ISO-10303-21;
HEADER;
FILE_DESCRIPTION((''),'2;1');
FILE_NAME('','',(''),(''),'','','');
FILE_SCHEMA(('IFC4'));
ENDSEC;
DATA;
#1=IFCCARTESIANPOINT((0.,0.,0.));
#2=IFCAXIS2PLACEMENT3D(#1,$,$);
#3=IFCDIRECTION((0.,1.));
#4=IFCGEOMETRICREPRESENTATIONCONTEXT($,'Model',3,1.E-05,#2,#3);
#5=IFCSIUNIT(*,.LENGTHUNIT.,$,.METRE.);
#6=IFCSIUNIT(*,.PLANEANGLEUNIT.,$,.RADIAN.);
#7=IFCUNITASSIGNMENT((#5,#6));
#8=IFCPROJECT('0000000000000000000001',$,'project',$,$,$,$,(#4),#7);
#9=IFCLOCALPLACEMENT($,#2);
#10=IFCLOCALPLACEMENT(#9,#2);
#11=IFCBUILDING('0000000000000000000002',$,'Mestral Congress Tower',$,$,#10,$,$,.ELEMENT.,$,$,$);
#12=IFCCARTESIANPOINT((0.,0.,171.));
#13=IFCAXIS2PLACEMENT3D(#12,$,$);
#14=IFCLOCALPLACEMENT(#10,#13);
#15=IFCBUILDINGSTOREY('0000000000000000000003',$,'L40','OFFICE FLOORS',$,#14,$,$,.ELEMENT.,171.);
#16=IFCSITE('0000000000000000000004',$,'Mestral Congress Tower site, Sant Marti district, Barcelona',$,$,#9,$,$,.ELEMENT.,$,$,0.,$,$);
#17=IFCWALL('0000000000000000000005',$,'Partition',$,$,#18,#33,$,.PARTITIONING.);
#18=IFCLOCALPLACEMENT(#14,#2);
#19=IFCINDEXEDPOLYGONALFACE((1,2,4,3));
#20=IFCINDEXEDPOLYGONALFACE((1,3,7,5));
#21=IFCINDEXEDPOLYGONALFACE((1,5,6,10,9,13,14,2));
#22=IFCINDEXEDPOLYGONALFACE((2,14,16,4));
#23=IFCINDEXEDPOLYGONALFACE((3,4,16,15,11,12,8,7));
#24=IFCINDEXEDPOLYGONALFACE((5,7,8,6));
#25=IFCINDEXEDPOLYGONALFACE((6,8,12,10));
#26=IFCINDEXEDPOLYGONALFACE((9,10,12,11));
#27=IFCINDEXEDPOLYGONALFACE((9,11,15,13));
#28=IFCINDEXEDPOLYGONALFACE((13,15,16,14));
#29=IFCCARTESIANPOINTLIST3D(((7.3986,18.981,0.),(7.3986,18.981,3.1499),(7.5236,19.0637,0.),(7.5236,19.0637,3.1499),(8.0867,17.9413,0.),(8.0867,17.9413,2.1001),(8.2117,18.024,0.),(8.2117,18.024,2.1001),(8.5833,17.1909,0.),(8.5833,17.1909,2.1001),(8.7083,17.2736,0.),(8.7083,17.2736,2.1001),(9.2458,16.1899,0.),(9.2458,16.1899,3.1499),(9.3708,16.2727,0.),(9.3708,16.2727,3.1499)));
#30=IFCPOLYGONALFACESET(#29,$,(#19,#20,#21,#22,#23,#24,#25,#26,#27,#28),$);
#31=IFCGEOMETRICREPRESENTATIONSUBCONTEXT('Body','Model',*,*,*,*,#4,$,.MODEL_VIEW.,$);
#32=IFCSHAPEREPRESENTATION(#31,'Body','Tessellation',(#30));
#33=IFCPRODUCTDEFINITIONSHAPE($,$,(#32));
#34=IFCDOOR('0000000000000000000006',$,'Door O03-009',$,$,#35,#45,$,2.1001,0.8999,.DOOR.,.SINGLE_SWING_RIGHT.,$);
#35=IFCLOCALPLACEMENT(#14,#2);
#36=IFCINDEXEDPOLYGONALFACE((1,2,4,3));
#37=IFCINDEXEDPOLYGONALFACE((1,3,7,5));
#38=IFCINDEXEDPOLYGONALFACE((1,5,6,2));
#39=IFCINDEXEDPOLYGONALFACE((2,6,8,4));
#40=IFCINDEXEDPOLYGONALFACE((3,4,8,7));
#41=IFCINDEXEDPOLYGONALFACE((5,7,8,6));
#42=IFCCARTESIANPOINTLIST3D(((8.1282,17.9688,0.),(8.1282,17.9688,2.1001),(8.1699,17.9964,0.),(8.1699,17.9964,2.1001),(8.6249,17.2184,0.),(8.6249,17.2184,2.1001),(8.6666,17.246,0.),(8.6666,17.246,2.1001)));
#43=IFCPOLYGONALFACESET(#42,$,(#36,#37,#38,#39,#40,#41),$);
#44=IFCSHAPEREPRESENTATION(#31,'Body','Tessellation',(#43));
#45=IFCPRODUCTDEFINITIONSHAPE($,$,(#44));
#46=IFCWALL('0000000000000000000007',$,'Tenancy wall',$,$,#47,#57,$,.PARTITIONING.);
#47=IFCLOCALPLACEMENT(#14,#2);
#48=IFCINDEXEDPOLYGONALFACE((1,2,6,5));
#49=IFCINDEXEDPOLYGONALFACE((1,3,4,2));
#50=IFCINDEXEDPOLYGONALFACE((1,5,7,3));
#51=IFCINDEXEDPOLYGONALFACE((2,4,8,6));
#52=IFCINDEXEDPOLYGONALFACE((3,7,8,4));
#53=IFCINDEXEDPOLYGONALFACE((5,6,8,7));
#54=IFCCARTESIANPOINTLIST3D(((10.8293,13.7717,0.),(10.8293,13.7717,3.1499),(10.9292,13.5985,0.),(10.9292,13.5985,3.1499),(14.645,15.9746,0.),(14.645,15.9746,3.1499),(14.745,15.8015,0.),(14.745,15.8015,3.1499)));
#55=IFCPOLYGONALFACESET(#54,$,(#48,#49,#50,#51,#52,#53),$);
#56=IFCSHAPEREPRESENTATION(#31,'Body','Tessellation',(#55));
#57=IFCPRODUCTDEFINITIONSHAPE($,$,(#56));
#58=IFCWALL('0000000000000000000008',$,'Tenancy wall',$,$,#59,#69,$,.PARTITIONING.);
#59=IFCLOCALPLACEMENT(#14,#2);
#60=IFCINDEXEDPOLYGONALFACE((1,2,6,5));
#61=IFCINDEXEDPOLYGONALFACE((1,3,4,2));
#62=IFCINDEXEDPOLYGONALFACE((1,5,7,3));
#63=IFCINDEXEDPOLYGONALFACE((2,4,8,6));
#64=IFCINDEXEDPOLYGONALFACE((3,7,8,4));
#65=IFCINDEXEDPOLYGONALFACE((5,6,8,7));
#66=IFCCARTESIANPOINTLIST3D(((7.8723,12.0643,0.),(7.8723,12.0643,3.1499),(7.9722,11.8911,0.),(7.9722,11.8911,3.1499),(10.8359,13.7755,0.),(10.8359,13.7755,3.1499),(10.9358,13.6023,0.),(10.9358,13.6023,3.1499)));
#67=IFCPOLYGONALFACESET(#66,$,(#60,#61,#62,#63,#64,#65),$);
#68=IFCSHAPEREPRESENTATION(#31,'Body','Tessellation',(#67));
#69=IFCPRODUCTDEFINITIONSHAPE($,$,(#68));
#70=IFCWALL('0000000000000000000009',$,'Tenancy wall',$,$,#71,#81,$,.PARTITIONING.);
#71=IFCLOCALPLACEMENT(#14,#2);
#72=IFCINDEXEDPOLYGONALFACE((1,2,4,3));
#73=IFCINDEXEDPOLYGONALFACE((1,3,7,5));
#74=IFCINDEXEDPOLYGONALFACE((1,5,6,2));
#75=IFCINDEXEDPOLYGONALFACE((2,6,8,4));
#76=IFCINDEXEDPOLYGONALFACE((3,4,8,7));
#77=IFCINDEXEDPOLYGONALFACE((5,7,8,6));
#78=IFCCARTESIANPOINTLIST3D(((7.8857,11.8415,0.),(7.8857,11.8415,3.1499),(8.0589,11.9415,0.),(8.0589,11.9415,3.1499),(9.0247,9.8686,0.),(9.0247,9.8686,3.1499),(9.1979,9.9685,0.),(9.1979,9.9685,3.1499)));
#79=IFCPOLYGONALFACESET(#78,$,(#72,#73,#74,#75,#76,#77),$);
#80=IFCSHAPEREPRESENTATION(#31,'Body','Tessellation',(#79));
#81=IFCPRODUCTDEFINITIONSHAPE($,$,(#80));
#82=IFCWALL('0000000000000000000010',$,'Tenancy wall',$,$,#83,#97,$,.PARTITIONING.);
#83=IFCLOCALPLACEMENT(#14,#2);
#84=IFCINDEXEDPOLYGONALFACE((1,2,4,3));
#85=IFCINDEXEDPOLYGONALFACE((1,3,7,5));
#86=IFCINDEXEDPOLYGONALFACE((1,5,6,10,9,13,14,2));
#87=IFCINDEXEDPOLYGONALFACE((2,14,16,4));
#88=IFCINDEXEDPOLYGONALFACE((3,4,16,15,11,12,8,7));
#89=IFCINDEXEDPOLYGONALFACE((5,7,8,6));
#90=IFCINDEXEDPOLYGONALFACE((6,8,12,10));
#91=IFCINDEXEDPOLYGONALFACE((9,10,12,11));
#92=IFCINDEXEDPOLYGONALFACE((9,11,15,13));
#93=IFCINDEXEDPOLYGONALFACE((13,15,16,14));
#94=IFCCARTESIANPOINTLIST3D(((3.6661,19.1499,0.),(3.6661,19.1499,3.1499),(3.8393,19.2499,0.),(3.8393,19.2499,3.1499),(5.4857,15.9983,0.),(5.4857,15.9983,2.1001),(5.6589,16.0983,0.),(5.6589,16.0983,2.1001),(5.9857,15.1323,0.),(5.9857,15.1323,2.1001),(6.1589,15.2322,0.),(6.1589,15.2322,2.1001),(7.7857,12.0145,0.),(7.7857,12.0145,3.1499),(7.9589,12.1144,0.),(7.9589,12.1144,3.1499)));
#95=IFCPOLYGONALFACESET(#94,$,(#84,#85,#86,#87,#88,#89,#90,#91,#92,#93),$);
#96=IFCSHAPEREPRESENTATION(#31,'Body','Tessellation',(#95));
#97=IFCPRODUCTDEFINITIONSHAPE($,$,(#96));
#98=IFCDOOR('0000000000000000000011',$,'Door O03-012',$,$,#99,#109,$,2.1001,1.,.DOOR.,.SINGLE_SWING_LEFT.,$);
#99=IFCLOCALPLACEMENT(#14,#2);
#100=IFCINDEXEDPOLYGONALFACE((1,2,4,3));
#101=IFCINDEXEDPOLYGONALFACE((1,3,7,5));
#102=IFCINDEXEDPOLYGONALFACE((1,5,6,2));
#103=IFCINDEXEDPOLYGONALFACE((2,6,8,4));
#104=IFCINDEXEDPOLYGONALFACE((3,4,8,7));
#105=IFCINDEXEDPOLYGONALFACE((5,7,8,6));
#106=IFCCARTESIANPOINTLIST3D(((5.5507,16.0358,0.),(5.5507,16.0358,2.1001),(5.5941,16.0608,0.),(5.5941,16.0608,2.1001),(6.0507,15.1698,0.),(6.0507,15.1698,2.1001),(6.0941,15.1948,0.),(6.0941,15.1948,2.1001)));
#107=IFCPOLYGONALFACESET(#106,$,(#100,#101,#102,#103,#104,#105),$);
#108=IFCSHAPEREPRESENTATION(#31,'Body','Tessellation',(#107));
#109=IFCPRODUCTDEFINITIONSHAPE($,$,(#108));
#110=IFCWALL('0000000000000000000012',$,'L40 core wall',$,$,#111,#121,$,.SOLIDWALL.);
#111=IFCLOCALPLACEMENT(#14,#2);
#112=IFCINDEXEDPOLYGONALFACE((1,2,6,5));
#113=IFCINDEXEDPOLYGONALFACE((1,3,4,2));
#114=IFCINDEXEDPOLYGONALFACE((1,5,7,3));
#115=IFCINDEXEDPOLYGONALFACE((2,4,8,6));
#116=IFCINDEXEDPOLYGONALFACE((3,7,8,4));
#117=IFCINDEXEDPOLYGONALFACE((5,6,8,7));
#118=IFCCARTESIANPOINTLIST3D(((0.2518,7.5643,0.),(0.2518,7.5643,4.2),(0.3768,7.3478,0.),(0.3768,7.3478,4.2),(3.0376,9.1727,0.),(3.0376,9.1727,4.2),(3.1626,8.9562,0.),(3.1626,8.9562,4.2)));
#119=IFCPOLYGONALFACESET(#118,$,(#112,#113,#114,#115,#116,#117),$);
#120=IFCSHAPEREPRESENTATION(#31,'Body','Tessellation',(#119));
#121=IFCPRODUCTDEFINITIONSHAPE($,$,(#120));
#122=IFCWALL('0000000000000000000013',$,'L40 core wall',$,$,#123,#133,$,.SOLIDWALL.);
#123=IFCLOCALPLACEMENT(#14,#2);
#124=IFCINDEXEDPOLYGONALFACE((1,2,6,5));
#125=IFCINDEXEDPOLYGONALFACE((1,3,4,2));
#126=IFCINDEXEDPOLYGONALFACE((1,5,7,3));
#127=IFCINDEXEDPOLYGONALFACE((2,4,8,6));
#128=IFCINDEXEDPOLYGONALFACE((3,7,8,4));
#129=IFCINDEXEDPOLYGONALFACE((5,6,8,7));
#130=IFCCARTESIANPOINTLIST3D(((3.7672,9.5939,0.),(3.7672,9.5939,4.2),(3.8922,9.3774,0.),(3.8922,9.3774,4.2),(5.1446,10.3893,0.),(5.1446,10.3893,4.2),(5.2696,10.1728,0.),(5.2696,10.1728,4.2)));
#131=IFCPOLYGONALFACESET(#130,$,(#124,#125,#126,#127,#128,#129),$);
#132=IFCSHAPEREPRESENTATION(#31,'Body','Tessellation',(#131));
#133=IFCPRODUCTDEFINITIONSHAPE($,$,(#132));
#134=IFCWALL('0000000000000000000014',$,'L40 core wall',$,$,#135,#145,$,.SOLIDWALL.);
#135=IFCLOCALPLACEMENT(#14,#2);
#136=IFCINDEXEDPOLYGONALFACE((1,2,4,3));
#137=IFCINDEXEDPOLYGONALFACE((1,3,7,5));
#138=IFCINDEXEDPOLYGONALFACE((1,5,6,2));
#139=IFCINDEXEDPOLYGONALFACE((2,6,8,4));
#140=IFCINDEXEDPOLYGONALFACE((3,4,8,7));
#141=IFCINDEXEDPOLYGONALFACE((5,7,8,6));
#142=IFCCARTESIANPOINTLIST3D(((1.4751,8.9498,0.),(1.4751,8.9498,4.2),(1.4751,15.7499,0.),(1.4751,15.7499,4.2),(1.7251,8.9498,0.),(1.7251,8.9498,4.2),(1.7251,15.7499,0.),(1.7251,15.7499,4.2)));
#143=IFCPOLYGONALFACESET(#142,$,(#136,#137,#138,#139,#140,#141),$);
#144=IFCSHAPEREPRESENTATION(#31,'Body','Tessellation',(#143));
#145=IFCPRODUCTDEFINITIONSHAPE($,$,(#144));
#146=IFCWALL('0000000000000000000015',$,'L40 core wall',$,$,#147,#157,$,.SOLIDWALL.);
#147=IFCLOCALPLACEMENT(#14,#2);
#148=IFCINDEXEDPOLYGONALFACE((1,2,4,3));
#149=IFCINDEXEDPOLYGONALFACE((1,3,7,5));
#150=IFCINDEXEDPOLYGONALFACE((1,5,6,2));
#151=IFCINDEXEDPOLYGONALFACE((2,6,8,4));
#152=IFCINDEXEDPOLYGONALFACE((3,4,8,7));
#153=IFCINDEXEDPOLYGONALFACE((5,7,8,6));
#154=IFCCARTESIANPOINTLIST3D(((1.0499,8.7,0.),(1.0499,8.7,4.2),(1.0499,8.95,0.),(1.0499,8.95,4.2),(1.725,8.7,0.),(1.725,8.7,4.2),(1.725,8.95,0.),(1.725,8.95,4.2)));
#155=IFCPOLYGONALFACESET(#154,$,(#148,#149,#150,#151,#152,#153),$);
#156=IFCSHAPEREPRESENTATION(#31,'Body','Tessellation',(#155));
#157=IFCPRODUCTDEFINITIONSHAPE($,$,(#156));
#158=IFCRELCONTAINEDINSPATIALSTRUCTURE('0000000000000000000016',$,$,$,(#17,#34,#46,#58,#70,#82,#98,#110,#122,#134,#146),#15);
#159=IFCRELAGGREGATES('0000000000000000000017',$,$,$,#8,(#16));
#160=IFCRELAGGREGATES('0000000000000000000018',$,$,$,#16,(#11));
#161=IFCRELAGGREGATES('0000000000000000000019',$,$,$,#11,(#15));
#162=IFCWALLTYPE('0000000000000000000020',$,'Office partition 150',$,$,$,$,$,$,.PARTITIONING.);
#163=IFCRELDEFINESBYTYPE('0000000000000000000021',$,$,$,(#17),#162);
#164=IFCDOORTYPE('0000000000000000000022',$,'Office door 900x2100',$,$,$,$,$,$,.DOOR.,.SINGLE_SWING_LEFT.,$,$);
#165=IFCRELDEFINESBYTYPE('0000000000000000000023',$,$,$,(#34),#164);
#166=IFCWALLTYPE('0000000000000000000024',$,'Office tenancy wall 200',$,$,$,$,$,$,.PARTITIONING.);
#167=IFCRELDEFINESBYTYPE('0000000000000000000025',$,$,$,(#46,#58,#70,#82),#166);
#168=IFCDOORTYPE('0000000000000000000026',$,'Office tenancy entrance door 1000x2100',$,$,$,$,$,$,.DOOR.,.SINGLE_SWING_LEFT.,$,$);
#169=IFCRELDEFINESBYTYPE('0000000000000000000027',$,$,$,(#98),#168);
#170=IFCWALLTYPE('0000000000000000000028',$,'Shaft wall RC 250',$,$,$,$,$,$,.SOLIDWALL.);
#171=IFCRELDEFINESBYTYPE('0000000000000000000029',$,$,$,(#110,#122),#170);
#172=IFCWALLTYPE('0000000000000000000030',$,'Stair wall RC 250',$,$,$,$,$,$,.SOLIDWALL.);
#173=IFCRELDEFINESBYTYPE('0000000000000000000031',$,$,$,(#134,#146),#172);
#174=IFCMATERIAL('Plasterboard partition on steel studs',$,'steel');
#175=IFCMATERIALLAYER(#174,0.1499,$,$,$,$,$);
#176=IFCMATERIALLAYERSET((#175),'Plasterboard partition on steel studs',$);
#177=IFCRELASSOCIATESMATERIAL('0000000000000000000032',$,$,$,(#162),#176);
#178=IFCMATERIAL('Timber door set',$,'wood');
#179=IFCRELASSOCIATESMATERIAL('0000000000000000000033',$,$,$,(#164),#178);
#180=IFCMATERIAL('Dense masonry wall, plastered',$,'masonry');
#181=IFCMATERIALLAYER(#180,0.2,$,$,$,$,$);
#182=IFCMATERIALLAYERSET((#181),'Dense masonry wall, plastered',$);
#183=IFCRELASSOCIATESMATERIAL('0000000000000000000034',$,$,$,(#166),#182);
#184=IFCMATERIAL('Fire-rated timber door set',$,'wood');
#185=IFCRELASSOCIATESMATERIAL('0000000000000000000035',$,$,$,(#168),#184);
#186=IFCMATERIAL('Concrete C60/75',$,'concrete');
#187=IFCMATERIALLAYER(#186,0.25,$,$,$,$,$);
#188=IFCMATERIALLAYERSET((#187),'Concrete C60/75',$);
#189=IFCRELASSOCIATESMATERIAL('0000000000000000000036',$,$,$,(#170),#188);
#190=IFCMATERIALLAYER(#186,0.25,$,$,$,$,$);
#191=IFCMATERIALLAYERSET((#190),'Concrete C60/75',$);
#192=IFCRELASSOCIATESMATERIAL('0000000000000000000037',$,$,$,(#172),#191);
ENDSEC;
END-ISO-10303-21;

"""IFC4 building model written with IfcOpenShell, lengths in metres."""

from ifc_helpers import new_model, si_unit, direction, frame, frame_2d, origin, place, context, subcontext, project, spatial, rectangle, extrude, material, layer, layer_set, type_object, element, fill, save


model = new_model("IFC4")

# Units and contexts
model_context = context("Model", 3, precision=1e-05, world=origin(), true_north=direction((0.0, 1.0)))
body_context = subcontext(model_context, "Body", "Model", "MODEL_VIEW")
ifc_project = project(units=[si_unit("LENGTHUNIT", "METRE"), si_unit("PLANEANGLEUNIT", "RADIAN")], contexts=[model_context])

# Site, building, storey
site_placement = place(None, origin())
site = spatial("IfcSite", under=ifc_project, at=site_placement, Name="Mestral Congress Tower site, Sant Marti district, Barcelona", CompositionType="ELEMENT", RefElevation=0.0)
building_placement = place(site_placement, origin())
building = spatial("IfcBuilding", under=site, at=building_placement, Name="Mestral Congress Tower", CompositionType="ELEMENT")
storey_placement = place(building_placement, frame((0.0, 0.0, 171.0)))
storey = spatial("IfcBuildingStorey", under=building, at=storey_placement, Name="L40", Description="OFFICE FLOORS", CompositionType="ELEMENT", Elevation=171.0)

# Shared definitions
ifc_material_1 = material(Name="Concrete C60/75", Category="concrete")

# Shared definitions
ifc_material_2 = material(Name="Plasterboard partition on steel studs", Category="steel")
ifc_layer_1 = layer(ifc_material_2, 0.1499)
ifc_layer_set_1 = layer_set([ifc_layer_1], Name="Plasterboard partition on steel studs")
wall_type_1 = type_object("IfcWallType", Name="Office partition 150", PredefinedType="PARTITIONING", material=ifc_layer_set_1)

# Wall, opening, door
wall_1_placement = place(storey_placement, frame((7.4612, 19.0222, 0.0), z_axis=(0.0, 0.0, 1.0), x_axis=(0.551903, -0.833909, 0.0)))
wall_1 = element("IfcWall", 1, at=wall_1_placement, inside=storey, type_object=wall_type_1, Name="Partition", PredefinedType="PARTITIONING", context=body_context, shape_type="SweptSolid", body=[
    extrude(rectangle(XDim=3.3469, YDim=0.1499, at=frame_2d((1.6733, 0.0))), origin(), (0.0, 0.0, 1.0), 3.1499),
])
opening_1_placement = place(wall_1_placement, frame((1.2466, 0.0, 0.0)))
opening_1 = element("IfcOpeningElement", 2, at=opening_1_placement, cuts=wall_1, PredefinedType="OPENING", context=body_context, shape_type="SweptSolid", body=[
    extrude(rectangle(XDim=0.8999, YDim=2.1001, at=frame_2d((0.45, 1.05))), frame((0.0, 0.085, 0.0), z_axis=(0.0, -1.0, 0.0), x_axis=(1.0, 0.0, 0.0)), (0.0, 0.0, 1.0), 0.1699),
])
ifc_material_3 = material(Name="Timber door set", Category="wood")
door_type_1 = type_object("IfcDoorType", Name="Office door 900x2100", OperationType="SINGLE_SWING_LEFT", PredefinedType="DOOR", material=ifc_material_3)
door_1_placement = place(opening_1_placement, origin())
door_1 = element("IfcDoor", 3, at=door_1_placement, inside=storey, type_object=door_type_1, Name="Door O03-009", OperationType="SINGLE_SWING_RIGHT", OverallHeight=2.1001, OverallWidth=0.8999, PredefinedType="DOOR", context=body_context, shape_type="SweptSolid", body=[
    extrude(rectangle(XDim=0.8999, YDim=2.1001, at=frame_2d((0.45, 1.05))), frame((0.0, 0.0249, 0.0), z_axis=(0.0, -1.0, 0.0), x_axis=(1.0, 0.0, 0.0)), (0.0, 0.0, 1.0), 0.05),
])
fill(opening_1, door_1)

# Walls
ifc_material_4 = material(Name="Dense masonry wall, plastered", Category="masonry")
ifc_layer_2 = layer(ifc_material_4, 0.2)
ifc_layer_set_2 = layer_set([ifc_layer_2], Name="Dense masonry wall, plastered")
wall_type_2 = type_object("IfcWallType", Name="Office tenancy wall 200", PredefinedType="PARTITIONING", material=ifc_layer_set_2)
wall_2_placement = place(storey_placement, frame((10.8792, 13.6851, 0.0), z_axis=(0.0, 0.0, 1.0), x_axis=(0.866035, 0.499983, 0.0)))
element("IfcWall", 4, at=wall_2_placement, inside=storey, type_object=wall_type_2, Name="Tenancy wall", PredefinedType="PARTITIONING", context=body_context, shape_type="SweptSolid", body=[
    extrude(rectangle(XDim=4.406, YDim=0.2, at=frame_2d((2.2031, 0.0))), origin(), (0.0, 0.0, 1.0), 3.1499),
])
wall_3_placement = place(storey_placement, frame((7.9224, 11.9778, 0.0), z_axis=(0.0, 0.0, 1.0), x_axis=(0.866009, 0.500029, 0.0)))
element("IfcWall", 5, at=wall_3_placement, inside=storey, type_object=wall_type_2, Name="Tenancy wall", PredefinedType="PARTITIONING", context=body_context, shape_type="SweptSolid", body=[
    extrude(rectangle(XDim=3.4221, YDim=0.2, at=frame_2d((1.7109, 0.0))), origin(), (0.0, 0.0, 1.0), 3.1499),
])
wall_4_placement = place(storey_placement, frame((9.1113, 9.9185, 0.0), z_axis=(0.0, 0.0, 1.0), x_axis=(-0.499954, 0.866052, 0.0)))
element("IfcWall", 6, at=wall_4_placement, inside=storey, type_object=wall_type_2, Name="Tenancy wall", PredefinedType="PARTITIONING", context=body_context, shape_type="SweptSolid", body=[
    extrude(rectangle(XDim=2.2781, YDim=0.2, at=frame_2d((1.1392, 0.0))), origin(), (0.0, 0.0, 1.0), 3.1499),
])

# Wall, opening, door
wall_5_placement = place(storey_placement, frame((7.8723, 12.0645, 0.0), z_axis=(0.0, 0.0, 1.0), x_axis=(-0.499995, 0.866028, 0.0)))
wall_5 = element("IfcWall", 7, at=wall_5_placement, inside=storey, type_object=wall_type_2, Name="Tenancy wall", PredefinedType="PARTITIONING", context=body_context, shape_type="SweptSolid", body=[
    extrude(rectangle(XDim=8.2393, YDim=0.2, at=frame_2d((4.1196, 0.0))), origin(), (0.0, 0.0, 1.0), 3.1499),
])
opening_2_placement = place(wall_5_placement, frame((3.6001, 0.0, 0.0)))
opening_2 = element("IfcOpeningElement", 8, at=opening_2_placement, cuts=wall_5, PredefinedType="OPENING", context=body_context, shape_type="SweptSolid", body=[
    extrude(rectangle(XDim=1.0, YDim=2.1001, at=frame_2d((0.5, 1.05))), frame((0.0, 0.1099, 0.0), z_axis=(0.0, -1.0, 0.0), x_axis=(1.0, 0.0, 0.0)), (0.0, 0.0, 1.0), 0.22),
])
ifc_material_5 = material(Name="Fire-rated timber door set", Category="wood")
door_type_2 = type_object("IfcDoorType", Name="Office tenancy entrance door 1000x2100", OperationType="SINGLE_SWING_LEFT", PredefinedType="DOOR", material=ifc_material_5)
door_2_placement = place(opening_2_placement, origin())
door_2 = element("IfcDoor", 9, at=door_2_placement, inside=storey, type_object=door_type_2, Name="Door O03-012", OperationType="SINGLE_SWING_LEFT", OverallHeight=2.1001, OverallWidth=1.0, PredefinedType="DOOR", context=body_context, shape_type="SweptSolid", body=[
    extrude(rectangle(XDim=1.0, YDim=2.1001, at=frame_2d((0.5, 1.05))), frame((0.0, 0.0249, 0.0), z_axis=(0.0, -1.0, 0.0), x_axis=(1.0, 0.0, 0.0)), (0.0, 0.0, 1.0), 0.05),
])
fill(opening_2, door_2)

# Walls
ifc_layer_3 = layer(ifc_material_1, 0.25)
ifc_layer_set_3 = layer_set([ifc_layer_3], Name="Concrete C60/75")
wall_type_3 = type_object("IfcWallType", Name="Shaft wall RC 250", PredefinedType="SOLIDWALL", material=ifc_layer_set_3)
wall_6_placement = place(storey_placement, frame((3.1001, 9.0645, 0.0), z_axis=(0.0, 0.0, 1.0), x_axis=(-0.86603, -0.499992, 0.0)))
element("IfcWall", 10, at=wall_6_placement, inside=storey, type_object=wall_type_3, Name="L40 core wall", PredefinedType="SOLIDWALL", context=body_context, shape_type="SweptSolid", body=[
    extrude(rectangle(XDim=3.2168, YDim=0.25, at=frame_2d((1.6084, 0.0))), origin(), (0.0, 0.0, 1.0), 4.2),
])
wall_7_placement = place(storey_placement, frame((3.8296, 9.4856, 0.0), z_axis=(0.0, 0.0, 1.0), x_axis=(0.865986, 0.500068, 0.0)))
element("IfcWall", 11, at=wall_7_placement, inside=storey, type_object=wall_type_3, Name="L40 core wall", PredefinedType="SOLIDWALL", context=body_context, shape_type="SweptSolid", body=[
    extrude(rectangle(XDim=1.5906, YDim=0.25, at=frame_2d((0.7954, 0.0))), origin(), (0.0, 0.0, 1.0), 4.2),
])
ifc_layer_4 = layer(ifc_material_1, 0.25)
ifc_layer_set_4 = layer_set([ifc_layer_4], Name="Concrete C60/75")
wall_type_4 = type_object("IfcWallType", Name="Stair wall RC 250", PredefinedType="SOLIDWALL", material=ifc_layer_set_4)
wall_8_placement = place(storey_placement, frame((1.6001, 8.95, 0.0), z_axis=(0.0, 0.0, 1.0), x_axis=(0.0, 1.0, 0.0)))
element("IfcWall", 12, at=wall_8_placement, inside=storey, type_object=wall_type_4, Name="L40 core wall", PredefinedType="SOLIDWALL", context=body_context, shape_type="SweptSolid", body=[
    extrude(rectangle(XDim=6.8, YDim=0.25, at=frame_2d((3.3999, 0.0))), origin(), (0.0, 0.0, 1.0), 4.2),
])
wall_9_placement = place(storey_placement, frame((1.05, 8.825, 0.0), z_axis=(0.0, 0.0, 1.0), x_axis=(1.0, 0.0, 0.0)))
element("IfcWall", 13, at=wall_9_placement, inside=storey, type_object=wall_type_4, Name="L40 core wall", PredefinedType="SOLIDWALL", context=body_context, shape_type="SweptSolid", body=[
    extrude(rectangle(XDim=0.675, YDim=0.25, at=frame_2d((0.3374, 0.0))), origin(), (0.0, 0.0, 1.0), 4.2),
])

save(model, "model.ifc")
